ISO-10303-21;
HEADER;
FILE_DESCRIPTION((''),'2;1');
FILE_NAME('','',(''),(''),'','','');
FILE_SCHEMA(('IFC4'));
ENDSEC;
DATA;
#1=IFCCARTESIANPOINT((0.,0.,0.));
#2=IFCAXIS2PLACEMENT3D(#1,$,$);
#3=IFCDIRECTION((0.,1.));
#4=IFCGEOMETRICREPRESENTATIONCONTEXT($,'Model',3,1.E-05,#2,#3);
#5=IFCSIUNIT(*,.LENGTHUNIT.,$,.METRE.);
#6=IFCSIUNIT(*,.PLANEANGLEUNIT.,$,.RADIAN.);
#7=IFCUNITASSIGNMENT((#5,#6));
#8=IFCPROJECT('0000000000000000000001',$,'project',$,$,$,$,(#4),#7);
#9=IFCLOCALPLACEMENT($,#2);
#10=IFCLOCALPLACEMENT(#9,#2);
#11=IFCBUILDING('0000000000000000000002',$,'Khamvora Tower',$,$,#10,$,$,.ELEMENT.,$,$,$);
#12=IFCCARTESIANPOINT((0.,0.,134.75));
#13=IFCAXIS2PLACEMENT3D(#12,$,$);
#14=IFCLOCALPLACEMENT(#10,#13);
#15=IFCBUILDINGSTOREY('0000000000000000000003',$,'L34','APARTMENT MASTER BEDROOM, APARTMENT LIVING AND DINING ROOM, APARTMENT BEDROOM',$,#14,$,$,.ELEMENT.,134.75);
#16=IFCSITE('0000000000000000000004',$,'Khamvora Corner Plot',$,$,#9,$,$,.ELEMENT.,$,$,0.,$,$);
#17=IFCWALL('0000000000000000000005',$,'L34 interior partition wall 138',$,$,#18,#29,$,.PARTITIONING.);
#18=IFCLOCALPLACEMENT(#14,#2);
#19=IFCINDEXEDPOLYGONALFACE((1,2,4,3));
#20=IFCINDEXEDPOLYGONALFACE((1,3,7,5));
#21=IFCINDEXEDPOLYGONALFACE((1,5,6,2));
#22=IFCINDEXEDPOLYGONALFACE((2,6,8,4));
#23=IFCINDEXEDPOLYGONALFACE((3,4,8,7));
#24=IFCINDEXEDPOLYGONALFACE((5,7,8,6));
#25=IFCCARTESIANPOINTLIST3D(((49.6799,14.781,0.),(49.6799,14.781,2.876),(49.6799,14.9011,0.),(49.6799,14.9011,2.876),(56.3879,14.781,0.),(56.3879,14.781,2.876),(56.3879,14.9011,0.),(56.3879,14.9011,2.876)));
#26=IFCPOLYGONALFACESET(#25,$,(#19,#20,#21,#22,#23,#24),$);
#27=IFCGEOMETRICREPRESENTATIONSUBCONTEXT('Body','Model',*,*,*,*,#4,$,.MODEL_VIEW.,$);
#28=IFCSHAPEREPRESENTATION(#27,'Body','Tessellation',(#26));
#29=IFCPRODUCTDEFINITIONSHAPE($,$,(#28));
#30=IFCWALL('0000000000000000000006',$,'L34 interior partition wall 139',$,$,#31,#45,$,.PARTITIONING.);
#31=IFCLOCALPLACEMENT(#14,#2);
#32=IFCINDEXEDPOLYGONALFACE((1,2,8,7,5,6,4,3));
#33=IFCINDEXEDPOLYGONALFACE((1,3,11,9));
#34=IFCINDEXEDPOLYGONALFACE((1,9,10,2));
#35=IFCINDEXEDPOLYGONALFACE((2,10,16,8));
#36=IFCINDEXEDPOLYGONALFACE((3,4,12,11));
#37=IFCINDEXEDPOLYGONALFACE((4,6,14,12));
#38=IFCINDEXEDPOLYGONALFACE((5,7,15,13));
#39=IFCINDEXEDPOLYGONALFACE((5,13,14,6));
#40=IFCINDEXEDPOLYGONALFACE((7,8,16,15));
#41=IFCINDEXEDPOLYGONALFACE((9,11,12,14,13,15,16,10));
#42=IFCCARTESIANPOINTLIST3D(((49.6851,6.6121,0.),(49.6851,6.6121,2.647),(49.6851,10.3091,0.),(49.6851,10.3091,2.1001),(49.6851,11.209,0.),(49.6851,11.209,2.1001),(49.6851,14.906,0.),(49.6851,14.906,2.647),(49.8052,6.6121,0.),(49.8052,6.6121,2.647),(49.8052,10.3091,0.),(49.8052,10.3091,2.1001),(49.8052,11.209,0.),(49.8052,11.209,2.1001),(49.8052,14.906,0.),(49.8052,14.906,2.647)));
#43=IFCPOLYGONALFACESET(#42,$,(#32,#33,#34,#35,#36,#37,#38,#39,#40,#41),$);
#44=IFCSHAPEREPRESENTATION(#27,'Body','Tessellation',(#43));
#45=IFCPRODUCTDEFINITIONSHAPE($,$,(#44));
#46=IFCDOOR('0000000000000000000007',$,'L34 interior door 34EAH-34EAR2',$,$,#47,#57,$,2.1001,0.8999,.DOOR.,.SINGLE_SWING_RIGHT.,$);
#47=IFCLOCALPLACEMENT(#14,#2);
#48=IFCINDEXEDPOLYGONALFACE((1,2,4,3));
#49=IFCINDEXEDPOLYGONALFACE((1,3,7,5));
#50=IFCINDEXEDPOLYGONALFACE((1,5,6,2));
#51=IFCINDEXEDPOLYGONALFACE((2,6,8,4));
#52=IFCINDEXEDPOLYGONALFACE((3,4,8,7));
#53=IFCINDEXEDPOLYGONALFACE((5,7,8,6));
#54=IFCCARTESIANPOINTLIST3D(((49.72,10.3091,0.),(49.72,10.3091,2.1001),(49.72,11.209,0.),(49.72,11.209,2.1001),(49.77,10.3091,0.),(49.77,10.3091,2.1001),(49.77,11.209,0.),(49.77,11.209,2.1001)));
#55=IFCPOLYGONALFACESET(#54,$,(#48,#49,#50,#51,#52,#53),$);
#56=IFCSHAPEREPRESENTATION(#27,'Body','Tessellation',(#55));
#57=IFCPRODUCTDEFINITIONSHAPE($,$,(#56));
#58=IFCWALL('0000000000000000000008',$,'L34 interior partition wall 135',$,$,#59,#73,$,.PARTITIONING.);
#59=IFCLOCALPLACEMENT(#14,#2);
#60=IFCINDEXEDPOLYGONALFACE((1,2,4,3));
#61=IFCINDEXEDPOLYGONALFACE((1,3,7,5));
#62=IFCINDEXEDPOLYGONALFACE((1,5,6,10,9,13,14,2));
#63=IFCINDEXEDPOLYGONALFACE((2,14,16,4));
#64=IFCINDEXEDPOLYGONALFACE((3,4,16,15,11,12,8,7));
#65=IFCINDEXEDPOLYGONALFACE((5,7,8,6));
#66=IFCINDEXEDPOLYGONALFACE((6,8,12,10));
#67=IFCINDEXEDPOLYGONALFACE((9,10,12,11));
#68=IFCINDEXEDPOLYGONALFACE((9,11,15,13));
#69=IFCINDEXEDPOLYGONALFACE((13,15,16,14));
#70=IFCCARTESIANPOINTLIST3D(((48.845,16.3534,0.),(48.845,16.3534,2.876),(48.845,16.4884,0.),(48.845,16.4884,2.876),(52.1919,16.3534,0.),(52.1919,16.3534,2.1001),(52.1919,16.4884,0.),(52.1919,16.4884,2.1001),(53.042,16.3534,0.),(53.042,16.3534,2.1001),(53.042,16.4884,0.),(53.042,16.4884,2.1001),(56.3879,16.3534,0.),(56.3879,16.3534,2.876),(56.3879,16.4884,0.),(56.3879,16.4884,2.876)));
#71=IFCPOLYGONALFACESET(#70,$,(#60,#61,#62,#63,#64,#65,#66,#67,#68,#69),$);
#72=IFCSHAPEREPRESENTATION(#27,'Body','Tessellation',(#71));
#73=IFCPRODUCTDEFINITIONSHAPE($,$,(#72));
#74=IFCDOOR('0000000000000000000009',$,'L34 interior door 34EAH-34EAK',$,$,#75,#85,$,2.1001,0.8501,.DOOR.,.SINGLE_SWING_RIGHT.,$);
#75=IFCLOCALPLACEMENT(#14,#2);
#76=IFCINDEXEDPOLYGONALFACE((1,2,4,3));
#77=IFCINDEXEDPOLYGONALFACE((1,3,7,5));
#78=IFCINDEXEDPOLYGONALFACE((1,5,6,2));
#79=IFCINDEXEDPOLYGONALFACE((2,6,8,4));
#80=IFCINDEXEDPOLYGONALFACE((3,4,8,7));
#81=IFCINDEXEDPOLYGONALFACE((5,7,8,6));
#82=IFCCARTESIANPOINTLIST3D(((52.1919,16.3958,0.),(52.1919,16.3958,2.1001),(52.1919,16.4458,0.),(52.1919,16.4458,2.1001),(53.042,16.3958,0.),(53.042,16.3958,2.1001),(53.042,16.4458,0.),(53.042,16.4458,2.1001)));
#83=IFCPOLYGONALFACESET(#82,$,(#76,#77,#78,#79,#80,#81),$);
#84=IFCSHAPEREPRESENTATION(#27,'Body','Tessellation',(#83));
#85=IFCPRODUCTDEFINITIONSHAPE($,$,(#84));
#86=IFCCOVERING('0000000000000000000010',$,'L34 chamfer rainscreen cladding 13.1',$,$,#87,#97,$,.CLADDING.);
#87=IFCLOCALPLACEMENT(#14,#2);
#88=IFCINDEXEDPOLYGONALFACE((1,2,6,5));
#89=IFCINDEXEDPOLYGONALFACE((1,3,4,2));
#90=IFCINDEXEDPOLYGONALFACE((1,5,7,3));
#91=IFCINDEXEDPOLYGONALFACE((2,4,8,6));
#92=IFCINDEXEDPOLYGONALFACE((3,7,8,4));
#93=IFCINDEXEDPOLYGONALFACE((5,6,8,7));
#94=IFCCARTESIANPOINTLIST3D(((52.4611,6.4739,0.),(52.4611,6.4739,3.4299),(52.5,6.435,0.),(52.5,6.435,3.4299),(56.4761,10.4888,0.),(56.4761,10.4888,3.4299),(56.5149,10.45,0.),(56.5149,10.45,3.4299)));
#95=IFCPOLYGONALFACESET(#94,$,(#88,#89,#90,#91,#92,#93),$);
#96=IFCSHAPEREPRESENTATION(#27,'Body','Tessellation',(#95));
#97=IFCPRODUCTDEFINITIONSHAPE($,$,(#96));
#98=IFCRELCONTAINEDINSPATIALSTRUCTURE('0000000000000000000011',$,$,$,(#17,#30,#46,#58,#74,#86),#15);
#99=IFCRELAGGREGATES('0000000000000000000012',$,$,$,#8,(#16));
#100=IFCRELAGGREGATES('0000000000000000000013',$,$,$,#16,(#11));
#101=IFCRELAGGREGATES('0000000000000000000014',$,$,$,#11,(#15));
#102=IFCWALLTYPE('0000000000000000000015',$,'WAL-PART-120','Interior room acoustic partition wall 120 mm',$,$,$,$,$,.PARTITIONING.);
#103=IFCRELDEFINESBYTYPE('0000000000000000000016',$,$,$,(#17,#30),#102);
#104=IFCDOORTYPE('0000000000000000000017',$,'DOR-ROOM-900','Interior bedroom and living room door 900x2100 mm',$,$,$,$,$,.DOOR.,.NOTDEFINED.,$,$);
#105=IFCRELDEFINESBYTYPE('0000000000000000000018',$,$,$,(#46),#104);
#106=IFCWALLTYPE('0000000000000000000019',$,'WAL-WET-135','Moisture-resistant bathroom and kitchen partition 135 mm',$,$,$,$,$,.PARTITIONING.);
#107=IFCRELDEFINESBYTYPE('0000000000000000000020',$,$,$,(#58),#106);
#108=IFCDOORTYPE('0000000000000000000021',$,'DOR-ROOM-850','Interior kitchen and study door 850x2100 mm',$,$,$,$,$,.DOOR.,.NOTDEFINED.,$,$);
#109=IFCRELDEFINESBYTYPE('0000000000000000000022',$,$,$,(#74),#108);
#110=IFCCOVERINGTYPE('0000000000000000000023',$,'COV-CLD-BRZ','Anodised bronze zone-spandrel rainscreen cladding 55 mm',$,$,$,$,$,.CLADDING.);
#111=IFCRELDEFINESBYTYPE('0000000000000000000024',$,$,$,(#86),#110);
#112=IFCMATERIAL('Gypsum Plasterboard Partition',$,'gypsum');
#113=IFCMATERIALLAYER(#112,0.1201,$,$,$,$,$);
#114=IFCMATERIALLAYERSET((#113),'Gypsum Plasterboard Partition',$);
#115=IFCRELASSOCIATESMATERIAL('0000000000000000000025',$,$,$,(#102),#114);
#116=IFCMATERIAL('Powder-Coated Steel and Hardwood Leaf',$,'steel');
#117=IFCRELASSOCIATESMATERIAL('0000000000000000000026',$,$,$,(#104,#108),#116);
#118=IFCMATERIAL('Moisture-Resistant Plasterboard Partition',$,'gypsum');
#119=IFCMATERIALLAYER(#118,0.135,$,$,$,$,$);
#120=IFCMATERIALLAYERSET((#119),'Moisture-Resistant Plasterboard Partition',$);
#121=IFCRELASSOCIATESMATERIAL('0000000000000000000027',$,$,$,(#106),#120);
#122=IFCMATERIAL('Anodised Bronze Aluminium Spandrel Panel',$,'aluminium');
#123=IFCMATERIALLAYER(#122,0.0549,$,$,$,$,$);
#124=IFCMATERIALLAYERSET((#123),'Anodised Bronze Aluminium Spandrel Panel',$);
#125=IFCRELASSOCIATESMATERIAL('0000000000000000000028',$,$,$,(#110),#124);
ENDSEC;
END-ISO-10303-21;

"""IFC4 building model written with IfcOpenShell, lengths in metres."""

from ifc_helpers import new_model, si_unit, direction, frame, frame_2d, origin, origin_2d, place, context, subcontext, project, spatial, rectangle, extrude, material, layer, layer_set, type_object, element, fill, save


model = new_model("IFC4")

# Units and contexts
model_context = context("Model", 3, precision=1e-05, world=origin(), true_north=direction((0.0, 1.0)))
body_context = subcontext(model_context, "Body", "Model", "MODEL_VIEW")
ifc_project = project(units=[si_unit("LENGTHUNIT", "METRE"), si_unit("PLANEANGLEUNIT", "RADIAN")], contexts=[model_context])

# Site, building, storey
site_placement = place(None, origin())
site = spatial("IfcSite", under=ifc_project, at=site_placement, Name="Khamvora Corner Plot", CompositionType="ELEMENT", RefElevation=0.0)
building_placement = place(site_placement, origin())
building = spatial("IfcBuilding", under=site, at=building_placement, Name="Khamvora Tower", CompositionType="ELEMENT")
storey_placement = place(building_placement, frame((0.0, 0.0, 134.75)))
storey = spatial("IfcBuildingStorey", under=building, at=storey_placement, Name="L34", Description="APARTMENT MASTER BEDROOM, APARTMENT LIVING AND DINING ROOM, APARTMENT BEDROOM", CompositionType="ELEMENT", Elevation=134.75)

# Wall
ifc_material_1 = material(Name="Gypsum Plasterboard Partition", Category="gypsum")
ifc_layer_1 = layer(ifc_material_1, 0.1201)
ifc_layer_set_1 = layer_set([ifc_layer_1], Name="Gypsum Plasterboard Partition")
wall_type_1 = type_object("IfcWallType", Name="WAL-PART-120", Description="Interior room acoustic partition wall 120 mm", PredefinedType="PARTITIONING", material=ifc_layer_set_1)
wall_1_placement = place(storey_placement, frame((56.3879, 14.8411, 0.0), z_axis=(0.0, 0.0, 1.0), x_axis=(-1.0, 0.0, 0.0)))
element("IfcWall", 1, at=wall_1_placement, inside=storey, type_object=wall_type_1, Name="L34 interior partition wall 138", PredefinedType="PARTITIONING", context=body_context, shape_type="SweptSolid", body=[
    extrude(rectangle(XDim=6.708, YDim=0.1201, at=frame_2d((3.354, 0.0))), origin(), (0.0, 0.0, 1.0), 2.876),
])

# Walls, openings, doors
wall_2_placement = place(storey_placement, frame((49.7451, 14.906, 0.0), z_axis=(0.0, 0.0, 1.0), x_axis=(0.0, -1.0, 0.0)))
wall_2 = element("IfcWall", 2, at=wall_2_placement, inside=storey, type_object=wall_type_1, Name="L34 interior partition wall 139", PredefinedType="PARTITIONING", context=body_context, shape_type="SweptSolid", body=[
    extrude(rectangle(XDim=8.2939, YDim=0.1201, at=frame_2d((4.147, 0.0))), origin(), (0.0, 0.0, 1.0), 2.647),
])
opening_1_placement = place(wall_2_placement, frame((3.697, 0.0, 0.0)))
opening_1 = element("IfcOpeningElement", 3, at=opening_1_placement, cuts=wall_2, PredefinedType="OPENING", context=body_context, shape_type="SweptSolid", body=[
    extrude(rectangle(XDim=0.8999, YDim=2.1001, at=frame_2d((0.45, 1.05))), frame((0.0, 0.0701, 0.0), z_axis=(0.0, -1.0, 0.0), x_axis=(1.0, 0.0, 0.0)), (0.0, 0.0, 1.0), 0.1401),
])
ifc_material_2 = material(Name="Powder-Coated Steel and Hardwood Leaf", Category="steel")
door_type_1 = type_object("IfcDoorType", Name="DOR-ROOM-900", Description="Interior bedroom and living room door 900x2100 mm", OperationType="NOTDEFINED", PredefinedType="DOOR", material=ifc_material_2)
door_1_placement = place(opening_1_placement, origin())
door_1 = element("IfcDoor", 4, at=door_1_placement, inside=storey, type_object=door_type_1, Name="L34 interior door 34EAH-34EAR2", OperationType="SINGLE_SWING_RIGHT", OverallHeight=2.1001, OverallWidth=0.8999, PredefinedType="DOOR", context=body_context, shape_type="SweptSolid", body=[
    extrude(rectangle(XDim=0.8999, YDim=2.1001, at=frame_2d((0.45, 1.05))), frame((0.0, 0.0249, 0.0), z_axis=(0.0, -1.0, 0.0), x_axis=(1.0, 0.0, 0.0)), (0.0, 0.0, 1.0), 0.05),
])
fill(opening_1, door_1)
ifc_material_3 = material(Name="Moisture-Resistant Plasterboard Partition", Category="gypsum")
ifc_layer_2 = layer(ifc_material_3, 0.135)
ifc_layer_set_2 = layer_set([ifc_layer_2], Name="Moisture-Resistant Plasterboard Partition")
wall_type_2 = type_object("IfcWallType", Name="WAL-WET-135", Description="Moisture-resistant bathroom and kitchen partition 135 mm", PredefinedType="PARTITIONING", material=ifc_layer_set_2)
wall_3_placement = place(storey_placement, frame((48.845, 16.4209, 0.0), z_axis=(0.0, 0.0, 1.0), x_axis=(1.0, 0.0, 0.0)))
wall_3 = element("IfcWall", 5, at=wall_3_placement, inside=storey, type_object=wall_type_2, Name="L34 interior partition wall 135", PredefinedType="PARTITIONING", context=body_context, shape_type="SweptSolid", body=[
    extrude(rectangle(XDim=7.543, YDim=0.135, at=frame_2d((3.7715, 0.0))), origin(), (0.0, 0.0, 1.0), 2.876),
])
opening_2_placement = place(wall_3_placement, frame((3.3469, 0.0, 0.0)))
opening_2 = element("IfcOpeningElement", 6, at=opening_2_placement, cuts=wall_3, PredefinedType="OPENING", context=body_context, shape_type="SweptSolid", body=[
    extrude(rectangle(XDim=0.8501, YDim=2.1001, at=frame_2d((0.425, 1.05))), frame((0.0, 0.0774, 0.0), z_axis=(0.0, -1.0, 0.0), x_axis=(1.0, 0.0, 0.0)), (0.0, 0.0, 1.0), 0.155),
])
door_type_2 = type_object("IfcDoorType", Name="DOR-ROOM-850", Description="Interior kitchen and study door 850x2100 mm", OperationType="NOTDEFINED", PredefinedType="DOOR", material=ifc_material_2)
door_2_placement = place(opening_2_placement, origin())
door_2 = element("IfcDoor", 7, at=door_2_placement, inside=storey, type_object=door_type_2, Name="L34 interior door 34EAH-34EAK", OperationType="SINGLE_SWING_RIGHT", OverallHeight=2.1001, OverallWidth=0.8501, PredefinedType="DOOR", context=body_context, shape_type="SweptSolid", body=[
    extrude(rectangle(XDim=0.8501, YDim=2.1001, at=frame_2d((0.425, 1.05))), frame((0.0, 0.0249, 0.0), z_axis=(0.0, -1.0, 0.0), x_axis=(1.0, 0.0, 0.0)), (0.0, 0.0, 1.0), 0.05),
])
fill(opening_2, door_2)

# Covering
ifc_material_4 = material(Name="Anodised Bronze Aluminium Spandrel Panel", Category="aluminium")
ifc_layer_3 = layer(ifc_material_4, 0.0549)
ifc_layer_set_3 = layer_set([ifc_layer_3], Name="Anodised Bronze Aluminium Spandrel Panel")
covering_type = type_object("IfcCoveringType", Name="COV-CLD-BRZ", Description="Anodised bronze zone-spandrel rainscreen cladding 55 mm", PredefinedType="CLADDING", material=ifc_layer_set_3)
covering_placement = place(storey_placement, frame((54.488, 8.4619, 0.0), z_axis=(0.0, 0.0, 1.0), x_axis=(-0.707107, -0.707107, 0.0)))
element("IfcCovering", 8, at=covering_placement, inside=storey, type_object=covering_type, Name="L34 chamfer rainscreen cladding 13.1", PredefinedType="CLADDING", context=body_context, shape_type="SweptSolid", body=[
    extrude(rectangle(XDim=5.678, YDim=0.0549, at=origin_2d()), origin(), (0.0, 0.0, 1.0), 3.4299),
])

save(model, "model.ifc")
